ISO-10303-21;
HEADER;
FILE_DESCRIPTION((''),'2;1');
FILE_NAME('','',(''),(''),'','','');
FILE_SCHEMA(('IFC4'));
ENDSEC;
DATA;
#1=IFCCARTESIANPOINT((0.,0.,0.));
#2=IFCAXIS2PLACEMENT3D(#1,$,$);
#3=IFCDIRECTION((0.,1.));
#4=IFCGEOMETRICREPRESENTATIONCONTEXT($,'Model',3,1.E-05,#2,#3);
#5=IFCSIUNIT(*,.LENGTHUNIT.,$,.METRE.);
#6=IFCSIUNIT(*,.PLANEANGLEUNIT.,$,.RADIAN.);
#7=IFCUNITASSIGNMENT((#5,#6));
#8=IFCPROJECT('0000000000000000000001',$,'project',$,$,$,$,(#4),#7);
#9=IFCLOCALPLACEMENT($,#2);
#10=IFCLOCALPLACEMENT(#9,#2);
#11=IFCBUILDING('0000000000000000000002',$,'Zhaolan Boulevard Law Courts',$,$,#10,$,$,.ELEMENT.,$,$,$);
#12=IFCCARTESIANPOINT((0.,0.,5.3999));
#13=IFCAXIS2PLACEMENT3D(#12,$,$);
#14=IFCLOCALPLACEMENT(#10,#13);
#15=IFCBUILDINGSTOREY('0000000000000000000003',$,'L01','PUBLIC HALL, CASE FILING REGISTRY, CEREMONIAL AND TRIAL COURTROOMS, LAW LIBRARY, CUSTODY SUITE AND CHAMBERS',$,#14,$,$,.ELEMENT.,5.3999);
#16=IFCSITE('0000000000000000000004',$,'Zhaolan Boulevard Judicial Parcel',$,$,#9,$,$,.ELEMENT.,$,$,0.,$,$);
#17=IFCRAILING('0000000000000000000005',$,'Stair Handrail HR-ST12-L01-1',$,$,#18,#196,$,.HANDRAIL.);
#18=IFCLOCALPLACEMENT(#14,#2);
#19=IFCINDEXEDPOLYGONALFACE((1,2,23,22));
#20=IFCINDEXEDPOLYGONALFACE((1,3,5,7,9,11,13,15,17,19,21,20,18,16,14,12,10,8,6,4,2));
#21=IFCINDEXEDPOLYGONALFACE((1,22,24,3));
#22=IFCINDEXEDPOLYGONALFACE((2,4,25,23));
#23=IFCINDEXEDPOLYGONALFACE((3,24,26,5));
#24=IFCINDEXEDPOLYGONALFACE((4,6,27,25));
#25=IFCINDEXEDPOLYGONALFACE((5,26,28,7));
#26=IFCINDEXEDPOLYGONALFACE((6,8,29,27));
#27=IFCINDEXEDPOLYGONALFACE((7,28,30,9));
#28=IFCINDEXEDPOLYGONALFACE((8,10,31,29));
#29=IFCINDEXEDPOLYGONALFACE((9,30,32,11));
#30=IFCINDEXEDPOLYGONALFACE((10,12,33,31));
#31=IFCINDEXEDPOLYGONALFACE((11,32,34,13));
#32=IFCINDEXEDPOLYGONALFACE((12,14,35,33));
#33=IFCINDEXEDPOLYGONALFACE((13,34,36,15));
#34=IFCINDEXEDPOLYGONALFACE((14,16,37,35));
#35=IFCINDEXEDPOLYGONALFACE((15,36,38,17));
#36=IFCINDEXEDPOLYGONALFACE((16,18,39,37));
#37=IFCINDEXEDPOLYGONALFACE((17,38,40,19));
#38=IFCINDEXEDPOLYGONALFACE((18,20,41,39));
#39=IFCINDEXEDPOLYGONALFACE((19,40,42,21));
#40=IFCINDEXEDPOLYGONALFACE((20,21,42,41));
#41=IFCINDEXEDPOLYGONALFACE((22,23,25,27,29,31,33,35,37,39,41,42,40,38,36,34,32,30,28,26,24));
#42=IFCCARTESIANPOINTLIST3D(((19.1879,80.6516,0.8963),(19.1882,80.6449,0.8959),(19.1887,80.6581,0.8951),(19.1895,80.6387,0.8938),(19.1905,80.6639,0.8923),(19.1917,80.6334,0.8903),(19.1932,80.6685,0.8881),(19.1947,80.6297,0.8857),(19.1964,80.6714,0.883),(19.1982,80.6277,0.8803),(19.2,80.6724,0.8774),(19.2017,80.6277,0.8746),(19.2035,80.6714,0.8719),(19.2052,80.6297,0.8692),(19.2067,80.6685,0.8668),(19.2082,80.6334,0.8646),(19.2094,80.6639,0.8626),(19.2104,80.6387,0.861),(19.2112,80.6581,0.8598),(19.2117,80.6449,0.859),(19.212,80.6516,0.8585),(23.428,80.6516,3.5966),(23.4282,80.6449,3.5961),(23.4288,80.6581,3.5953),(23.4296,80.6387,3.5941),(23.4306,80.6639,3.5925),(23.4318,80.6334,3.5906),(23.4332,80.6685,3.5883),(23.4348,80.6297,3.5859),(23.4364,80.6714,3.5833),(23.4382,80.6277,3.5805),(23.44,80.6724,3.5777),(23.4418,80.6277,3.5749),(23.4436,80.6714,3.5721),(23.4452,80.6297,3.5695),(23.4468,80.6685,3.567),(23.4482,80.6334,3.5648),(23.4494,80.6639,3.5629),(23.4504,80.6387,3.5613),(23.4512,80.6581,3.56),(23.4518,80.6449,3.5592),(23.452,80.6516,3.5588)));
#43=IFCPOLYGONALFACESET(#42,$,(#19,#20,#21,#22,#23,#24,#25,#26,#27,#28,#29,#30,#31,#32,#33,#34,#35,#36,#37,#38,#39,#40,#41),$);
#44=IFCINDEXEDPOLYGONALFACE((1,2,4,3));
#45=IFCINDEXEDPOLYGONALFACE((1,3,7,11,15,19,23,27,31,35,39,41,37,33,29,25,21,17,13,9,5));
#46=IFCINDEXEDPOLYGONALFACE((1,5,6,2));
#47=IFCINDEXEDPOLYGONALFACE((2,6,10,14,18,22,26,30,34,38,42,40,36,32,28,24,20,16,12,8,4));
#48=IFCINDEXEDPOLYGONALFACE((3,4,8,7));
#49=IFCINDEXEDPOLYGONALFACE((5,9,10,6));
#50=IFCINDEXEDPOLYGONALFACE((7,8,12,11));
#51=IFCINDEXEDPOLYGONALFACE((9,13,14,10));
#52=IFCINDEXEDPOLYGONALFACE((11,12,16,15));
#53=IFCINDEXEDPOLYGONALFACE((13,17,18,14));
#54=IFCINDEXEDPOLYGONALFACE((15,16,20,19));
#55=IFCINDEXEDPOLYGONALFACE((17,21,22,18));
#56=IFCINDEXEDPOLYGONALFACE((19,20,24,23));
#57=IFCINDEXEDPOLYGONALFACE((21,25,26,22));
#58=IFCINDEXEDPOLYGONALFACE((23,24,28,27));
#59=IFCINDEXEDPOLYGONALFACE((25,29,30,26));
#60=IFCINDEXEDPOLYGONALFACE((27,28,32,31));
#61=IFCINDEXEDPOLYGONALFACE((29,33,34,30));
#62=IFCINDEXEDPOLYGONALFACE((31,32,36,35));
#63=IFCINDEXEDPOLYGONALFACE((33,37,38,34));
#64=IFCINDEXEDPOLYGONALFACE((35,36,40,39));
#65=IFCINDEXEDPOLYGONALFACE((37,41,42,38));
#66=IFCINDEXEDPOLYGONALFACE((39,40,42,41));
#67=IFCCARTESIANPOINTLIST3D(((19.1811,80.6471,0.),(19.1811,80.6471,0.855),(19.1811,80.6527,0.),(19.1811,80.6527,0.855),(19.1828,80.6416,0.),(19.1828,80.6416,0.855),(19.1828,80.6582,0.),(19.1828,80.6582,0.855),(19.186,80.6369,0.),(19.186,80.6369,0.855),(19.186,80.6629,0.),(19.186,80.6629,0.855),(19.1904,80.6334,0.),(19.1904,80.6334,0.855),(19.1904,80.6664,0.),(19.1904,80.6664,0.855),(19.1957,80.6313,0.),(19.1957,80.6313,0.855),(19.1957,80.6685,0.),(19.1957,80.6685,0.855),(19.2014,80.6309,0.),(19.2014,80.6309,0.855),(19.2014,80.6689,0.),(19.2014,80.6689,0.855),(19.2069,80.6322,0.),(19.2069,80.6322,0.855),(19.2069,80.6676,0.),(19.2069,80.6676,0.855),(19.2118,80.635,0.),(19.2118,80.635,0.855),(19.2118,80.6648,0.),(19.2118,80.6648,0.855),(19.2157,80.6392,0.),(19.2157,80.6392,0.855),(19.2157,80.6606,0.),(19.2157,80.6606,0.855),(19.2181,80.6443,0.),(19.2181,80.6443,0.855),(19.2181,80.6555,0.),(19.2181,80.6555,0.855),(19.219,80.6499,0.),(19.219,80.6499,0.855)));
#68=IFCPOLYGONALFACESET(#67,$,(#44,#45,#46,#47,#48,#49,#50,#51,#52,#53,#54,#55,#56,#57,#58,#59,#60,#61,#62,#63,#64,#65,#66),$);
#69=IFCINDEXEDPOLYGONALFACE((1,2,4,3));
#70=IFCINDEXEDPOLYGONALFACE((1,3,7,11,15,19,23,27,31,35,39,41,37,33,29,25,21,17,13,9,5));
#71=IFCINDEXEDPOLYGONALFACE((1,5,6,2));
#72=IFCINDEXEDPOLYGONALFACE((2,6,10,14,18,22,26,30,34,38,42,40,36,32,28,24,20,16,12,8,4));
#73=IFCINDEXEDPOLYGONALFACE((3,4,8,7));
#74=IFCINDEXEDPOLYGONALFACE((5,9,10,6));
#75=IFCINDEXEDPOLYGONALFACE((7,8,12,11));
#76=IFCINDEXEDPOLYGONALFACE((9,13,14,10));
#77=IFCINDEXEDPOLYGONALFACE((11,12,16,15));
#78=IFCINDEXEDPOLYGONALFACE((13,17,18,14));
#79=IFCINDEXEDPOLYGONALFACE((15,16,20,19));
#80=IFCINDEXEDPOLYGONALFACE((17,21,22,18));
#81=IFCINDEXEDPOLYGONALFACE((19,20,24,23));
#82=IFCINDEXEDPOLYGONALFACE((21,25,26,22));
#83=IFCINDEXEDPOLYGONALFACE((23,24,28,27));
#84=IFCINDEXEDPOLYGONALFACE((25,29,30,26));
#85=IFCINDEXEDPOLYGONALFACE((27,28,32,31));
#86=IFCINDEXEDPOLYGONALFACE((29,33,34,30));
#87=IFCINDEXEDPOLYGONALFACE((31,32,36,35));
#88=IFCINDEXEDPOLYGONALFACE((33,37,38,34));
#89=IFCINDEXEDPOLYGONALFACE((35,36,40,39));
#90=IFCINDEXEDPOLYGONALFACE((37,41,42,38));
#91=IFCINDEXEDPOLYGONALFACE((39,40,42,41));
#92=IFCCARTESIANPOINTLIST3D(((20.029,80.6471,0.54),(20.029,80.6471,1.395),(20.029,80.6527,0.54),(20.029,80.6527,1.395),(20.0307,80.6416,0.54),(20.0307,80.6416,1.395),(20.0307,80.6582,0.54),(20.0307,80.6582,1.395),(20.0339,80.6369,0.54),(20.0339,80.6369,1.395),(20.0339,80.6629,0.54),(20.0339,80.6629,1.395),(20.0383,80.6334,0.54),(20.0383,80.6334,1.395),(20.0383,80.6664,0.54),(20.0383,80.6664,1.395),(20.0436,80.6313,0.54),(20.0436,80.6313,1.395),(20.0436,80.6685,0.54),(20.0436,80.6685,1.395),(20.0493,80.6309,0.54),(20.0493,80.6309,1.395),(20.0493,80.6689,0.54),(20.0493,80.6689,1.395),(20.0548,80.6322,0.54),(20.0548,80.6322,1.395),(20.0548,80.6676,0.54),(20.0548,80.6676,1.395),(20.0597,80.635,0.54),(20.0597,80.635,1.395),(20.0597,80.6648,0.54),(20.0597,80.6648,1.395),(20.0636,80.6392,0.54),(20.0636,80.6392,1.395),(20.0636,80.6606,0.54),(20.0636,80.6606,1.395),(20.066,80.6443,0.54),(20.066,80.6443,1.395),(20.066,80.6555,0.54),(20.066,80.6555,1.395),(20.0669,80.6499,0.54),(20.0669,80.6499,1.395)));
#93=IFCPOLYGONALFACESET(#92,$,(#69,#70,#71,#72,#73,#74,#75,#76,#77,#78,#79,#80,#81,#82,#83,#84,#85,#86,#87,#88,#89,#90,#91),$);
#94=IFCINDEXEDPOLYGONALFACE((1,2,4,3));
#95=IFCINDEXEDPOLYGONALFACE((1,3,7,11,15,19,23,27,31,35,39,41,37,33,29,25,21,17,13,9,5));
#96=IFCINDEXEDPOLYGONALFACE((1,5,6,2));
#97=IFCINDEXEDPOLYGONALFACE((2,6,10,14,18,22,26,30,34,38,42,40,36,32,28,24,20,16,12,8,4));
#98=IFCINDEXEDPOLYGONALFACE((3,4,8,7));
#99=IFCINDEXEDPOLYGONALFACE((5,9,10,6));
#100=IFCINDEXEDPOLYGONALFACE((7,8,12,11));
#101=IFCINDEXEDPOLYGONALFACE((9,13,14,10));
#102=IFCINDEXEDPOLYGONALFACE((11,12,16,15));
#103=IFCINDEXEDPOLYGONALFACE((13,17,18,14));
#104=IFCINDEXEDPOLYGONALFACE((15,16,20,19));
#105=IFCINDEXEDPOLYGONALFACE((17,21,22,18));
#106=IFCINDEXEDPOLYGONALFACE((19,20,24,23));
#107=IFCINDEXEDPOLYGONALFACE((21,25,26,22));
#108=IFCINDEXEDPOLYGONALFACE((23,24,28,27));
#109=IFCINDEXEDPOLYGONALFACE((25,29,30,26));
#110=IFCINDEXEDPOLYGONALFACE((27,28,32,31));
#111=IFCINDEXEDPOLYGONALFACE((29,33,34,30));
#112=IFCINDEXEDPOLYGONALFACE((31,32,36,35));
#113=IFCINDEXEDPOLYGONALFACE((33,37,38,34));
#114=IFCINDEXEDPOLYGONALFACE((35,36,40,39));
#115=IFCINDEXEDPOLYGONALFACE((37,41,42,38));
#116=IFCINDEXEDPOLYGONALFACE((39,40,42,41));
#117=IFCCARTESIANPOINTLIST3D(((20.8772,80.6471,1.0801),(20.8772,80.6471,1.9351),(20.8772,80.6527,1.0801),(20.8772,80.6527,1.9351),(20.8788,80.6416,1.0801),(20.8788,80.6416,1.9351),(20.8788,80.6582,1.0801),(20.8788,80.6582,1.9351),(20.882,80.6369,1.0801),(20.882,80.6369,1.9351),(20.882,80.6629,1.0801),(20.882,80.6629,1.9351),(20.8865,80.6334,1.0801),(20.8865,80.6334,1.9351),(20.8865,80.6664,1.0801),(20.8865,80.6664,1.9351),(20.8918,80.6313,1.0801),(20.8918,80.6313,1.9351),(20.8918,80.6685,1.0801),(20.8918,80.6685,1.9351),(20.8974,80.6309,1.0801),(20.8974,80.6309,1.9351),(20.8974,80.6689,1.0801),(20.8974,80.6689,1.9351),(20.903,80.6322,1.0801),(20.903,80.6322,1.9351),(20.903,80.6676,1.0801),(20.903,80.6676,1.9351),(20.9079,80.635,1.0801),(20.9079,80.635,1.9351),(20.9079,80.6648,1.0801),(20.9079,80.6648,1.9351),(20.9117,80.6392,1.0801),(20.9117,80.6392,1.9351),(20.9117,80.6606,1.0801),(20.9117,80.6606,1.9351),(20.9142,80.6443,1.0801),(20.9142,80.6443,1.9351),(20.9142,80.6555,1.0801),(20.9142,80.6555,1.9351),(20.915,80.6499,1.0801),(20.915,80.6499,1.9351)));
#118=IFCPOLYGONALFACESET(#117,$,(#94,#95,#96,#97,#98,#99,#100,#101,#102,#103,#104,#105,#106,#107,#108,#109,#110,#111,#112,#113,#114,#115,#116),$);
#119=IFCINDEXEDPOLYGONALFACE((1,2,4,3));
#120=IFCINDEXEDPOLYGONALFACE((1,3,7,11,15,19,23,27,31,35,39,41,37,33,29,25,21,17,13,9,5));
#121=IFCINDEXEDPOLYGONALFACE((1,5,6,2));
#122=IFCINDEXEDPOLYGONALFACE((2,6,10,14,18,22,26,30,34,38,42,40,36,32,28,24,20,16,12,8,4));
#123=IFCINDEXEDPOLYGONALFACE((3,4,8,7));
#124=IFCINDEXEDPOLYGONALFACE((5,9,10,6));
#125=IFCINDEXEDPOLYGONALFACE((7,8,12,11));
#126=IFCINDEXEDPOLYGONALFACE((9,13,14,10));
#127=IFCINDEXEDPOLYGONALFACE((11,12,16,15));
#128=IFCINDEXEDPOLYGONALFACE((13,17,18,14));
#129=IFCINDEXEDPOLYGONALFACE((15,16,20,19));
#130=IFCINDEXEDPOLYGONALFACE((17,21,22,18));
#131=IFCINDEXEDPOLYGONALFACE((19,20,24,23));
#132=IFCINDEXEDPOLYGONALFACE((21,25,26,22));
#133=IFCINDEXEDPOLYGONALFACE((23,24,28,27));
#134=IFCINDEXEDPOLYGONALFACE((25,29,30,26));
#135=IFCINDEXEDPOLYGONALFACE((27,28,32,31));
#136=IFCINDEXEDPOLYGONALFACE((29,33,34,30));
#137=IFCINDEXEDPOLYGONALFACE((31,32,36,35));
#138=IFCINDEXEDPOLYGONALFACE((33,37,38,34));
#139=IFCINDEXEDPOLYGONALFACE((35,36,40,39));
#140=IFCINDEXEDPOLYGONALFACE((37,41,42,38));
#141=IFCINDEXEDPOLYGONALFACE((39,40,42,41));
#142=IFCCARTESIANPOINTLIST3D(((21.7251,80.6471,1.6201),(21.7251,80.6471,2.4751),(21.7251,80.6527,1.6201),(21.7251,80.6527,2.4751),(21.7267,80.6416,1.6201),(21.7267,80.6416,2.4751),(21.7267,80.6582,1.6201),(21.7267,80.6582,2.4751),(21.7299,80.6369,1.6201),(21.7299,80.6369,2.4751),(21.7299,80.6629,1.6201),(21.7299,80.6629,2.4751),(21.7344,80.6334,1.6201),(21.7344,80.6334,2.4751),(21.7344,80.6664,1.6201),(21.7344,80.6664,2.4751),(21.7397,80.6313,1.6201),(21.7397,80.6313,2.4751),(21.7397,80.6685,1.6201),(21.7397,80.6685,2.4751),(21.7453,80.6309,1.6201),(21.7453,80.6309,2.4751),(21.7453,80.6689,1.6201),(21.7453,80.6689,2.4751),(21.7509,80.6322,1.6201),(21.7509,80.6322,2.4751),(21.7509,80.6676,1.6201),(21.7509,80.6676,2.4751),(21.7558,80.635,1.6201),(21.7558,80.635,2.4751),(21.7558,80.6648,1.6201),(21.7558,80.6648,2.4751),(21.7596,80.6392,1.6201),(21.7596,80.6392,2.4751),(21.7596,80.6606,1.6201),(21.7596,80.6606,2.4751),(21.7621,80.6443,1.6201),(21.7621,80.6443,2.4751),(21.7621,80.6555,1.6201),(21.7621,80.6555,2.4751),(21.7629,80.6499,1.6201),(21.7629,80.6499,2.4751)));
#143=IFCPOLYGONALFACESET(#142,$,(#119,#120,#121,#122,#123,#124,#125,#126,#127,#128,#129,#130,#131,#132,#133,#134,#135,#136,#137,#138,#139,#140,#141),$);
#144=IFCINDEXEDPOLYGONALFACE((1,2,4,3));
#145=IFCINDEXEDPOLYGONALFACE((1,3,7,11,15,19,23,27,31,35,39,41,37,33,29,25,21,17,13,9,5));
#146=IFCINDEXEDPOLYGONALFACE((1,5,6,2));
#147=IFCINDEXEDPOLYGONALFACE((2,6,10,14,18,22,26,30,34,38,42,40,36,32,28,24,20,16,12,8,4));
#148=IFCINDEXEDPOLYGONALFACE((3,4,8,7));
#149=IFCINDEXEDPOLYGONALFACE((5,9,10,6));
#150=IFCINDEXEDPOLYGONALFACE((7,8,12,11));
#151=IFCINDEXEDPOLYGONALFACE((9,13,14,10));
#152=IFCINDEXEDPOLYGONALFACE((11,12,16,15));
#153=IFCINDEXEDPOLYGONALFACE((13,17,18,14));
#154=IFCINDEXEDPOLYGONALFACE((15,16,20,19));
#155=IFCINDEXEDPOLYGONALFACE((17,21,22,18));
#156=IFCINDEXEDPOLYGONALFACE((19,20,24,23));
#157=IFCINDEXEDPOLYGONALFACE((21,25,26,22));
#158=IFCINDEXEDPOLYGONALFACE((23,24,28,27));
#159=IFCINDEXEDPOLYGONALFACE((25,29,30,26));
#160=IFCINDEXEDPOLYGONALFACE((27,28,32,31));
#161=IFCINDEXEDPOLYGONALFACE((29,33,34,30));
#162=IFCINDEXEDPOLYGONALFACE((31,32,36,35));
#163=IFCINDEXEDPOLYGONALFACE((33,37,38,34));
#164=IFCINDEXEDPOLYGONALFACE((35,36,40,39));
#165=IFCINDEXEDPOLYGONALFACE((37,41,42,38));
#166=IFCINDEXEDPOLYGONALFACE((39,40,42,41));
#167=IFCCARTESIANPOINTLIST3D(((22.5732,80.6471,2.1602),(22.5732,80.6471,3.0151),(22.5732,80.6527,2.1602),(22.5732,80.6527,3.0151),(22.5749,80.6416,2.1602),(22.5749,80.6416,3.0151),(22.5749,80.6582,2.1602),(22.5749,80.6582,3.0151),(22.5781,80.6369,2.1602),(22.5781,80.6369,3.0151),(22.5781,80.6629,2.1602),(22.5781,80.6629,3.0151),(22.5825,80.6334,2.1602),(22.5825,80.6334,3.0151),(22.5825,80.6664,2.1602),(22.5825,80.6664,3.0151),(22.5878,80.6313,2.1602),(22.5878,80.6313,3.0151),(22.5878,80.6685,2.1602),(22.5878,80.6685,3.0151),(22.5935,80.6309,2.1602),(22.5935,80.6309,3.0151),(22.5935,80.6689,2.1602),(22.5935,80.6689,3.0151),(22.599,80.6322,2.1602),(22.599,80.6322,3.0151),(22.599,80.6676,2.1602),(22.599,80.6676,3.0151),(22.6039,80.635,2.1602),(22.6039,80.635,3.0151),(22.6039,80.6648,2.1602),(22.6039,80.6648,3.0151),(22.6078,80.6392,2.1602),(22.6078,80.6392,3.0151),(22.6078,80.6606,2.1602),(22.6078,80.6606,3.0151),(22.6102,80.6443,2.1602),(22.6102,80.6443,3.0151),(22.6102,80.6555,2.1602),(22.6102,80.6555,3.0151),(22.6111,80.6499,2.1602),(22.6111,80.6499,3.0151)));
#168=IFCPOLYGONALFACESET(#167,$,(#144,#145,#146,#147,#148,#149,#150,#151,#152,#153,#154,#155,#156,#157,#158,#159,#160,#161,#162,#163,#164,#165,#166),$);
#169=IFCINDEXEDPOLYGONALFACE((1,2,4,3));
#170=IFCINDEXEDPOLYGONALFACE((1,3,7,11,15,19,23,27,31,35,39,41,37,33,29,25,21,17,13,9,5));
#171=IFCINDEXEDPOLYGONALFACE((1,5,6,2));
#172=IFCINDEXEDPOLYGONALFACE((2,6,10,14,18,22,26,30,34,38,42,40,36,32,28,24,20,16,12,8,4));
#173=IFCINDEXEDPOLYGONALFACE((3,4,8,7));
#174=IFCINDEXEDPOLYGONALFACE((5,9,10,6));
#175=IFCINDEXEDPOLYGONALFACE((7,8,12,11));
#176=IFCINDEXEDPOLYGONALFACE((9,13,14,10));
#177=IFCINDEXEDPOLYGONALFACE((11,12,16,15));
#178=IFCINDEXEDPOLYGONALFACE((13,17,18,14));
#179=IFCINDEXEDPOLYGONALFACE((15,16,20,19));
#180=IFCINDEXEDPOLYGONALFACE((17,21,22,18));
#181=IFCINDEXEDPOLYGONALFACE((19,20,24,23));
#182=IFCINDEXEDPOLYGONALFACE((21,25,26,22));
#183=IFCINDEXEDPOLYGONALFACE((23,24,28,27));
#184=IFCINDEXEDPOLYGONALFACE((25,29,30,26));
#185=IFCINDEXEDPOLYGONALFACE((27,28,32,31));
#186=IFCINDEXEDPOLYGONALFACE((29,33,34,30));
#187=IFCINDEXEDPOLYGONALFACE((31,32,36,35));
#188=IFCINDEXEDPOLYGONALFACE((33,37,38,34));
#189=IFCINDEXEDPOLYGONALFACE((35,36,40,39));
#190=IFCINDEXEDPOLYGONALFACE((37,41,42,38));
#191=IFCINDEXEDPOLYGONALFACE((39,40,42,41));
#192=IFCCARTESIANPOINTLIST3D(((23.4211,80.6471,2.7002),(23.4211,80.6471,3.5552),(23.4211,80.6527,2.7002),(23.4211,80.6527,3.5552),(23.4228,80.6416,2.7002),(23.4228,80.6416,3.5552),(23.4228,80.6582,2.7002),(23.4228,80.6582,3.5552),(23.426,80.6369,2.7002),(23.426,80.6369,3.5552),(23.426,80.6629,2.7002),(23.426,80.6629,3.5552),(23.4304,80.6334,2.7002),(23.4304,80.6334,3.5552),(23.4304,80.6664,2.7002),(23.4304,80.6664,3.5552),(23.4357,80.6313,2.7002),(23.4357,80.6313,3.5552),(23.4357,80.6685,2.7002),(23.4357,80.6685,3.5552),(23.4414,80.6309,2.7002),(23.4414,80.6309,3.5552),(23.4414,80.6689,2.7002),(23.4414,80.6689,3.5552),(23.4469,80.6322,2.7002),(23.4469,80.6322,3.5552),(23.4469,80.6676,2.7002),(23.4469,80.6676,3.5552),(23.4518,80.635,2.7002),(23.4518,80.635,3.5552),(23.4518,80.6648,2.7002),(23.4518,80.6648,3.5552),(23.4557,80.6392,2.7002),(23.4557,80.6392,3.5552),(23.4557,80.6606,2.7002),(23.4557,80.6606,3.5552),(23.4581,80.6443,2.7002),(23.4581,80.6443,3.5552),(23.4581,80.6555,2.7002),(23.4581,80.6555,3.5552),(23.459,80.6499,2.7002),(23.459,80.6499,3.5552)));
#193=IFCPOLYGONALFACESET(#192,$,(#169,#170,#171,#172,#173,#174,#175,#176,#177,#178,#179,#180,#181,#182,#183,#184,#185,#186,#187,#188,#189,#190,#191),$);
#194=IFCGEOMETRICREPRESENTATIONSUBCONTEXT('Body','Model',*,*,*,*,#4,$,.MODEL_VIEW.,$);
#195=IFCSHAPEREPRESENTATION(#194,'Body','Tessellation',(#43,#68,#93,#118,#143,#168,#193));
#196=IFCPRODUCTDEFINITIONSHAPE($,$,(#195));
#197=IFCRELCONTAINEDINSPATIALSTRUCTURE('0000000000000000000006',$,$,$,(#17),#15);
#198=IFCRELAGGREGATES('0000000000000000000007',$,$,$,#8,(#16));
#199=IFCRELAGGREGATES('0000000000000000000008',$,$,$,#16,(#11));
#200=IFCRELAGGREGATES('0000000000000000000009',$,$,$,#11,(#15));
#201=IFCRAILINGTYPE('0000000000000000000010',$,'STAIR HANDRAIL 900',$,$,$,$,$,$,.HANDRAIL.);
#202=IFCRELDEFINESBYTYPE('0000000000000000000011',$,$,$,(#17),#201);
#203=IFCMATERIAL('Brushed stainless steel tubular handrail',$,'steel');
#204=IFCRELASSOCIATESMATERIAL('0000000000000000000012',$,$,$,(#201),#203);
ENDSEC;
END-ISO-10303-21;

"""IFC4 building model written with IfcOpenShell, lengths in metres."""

from ifc_helpers import new_model, si_unit, direction, frame, origin, origin_2d, place, context, subcontext, project, spatial, circle, extrude, material, type_object, element, save


model = new_model("IFC4")

# Units and contexts
model_context = context("Model", 3, precision=1e-05, world=origin(), true_north=direction((0.0, 1.0)))
body_context = subcontext(model_context, "Body", "Model", "MODEL_VIEW")
ifc_project = project(units=[si_unit("LENGTHUNIT", "METRE"), si_unit("PLANEANGLEUNIT", "RADIAN")], contexts=[model_context])

# Site, building, storey
site_placement = place(None, origin())
site = spatial("IfcSite", under=ifc_project, at=site_placement, Name="Zhaolan Boulevard Judicial Parcel", CompositionType="ELEMENT", RefElevation=0.0)
building_placement = place(site_placement, origin())
building = spatial("IfcBuilding", under=site, at=building_placement, Name="Zhaolan Boulevard Law Courts", CompositionType="ELEMENT")
storey_placement = place(building_placement, frame((0.0, 0.0, 5.3999)))
storey = spatial("IfcBuildingStorey", under=building, at=storey_placement, Name="L01", Description="PUBLIC HALL, CASE FILING REGISTRY, CEREMONIAL AND TRIAL COURTROOMS, LAW LIBRARY, CUSTODY SUITE AND CHAMBERS", CompositionType="ELEMENT", Elevation=5.3999)

# Railing
ifc_material_1 = material(Name="Brushed stainless steel tubular handrail", Category="steel")
railing_type_1 = type_object("IfcRailingType", Name="STAIR HANDRAIL 900", PredefinedType="HANDRAIL", material=ifc_material_1)
railing_1_placement = place(storey_placement, frame((19.2, 80.6499, 0.0)))
element("IfcRailing", 1, at=railing_1_placement, inside=storey, type_object=railing_type_1, Name="Stair Handrail HR-ST12-L01-1", PredefinedType="HANDRAIL", context=body_context, shape_type="SweptSolid", body=[
    extrude(circle(Radius=0.0225, at=origin_2d()), frame((0.0, 0.0, 0.8774), z_axis=(0.843479, 0.0, 0.537161), x_axis=(0.0, 1.0, 0.0)), (0.0, 0.0, 1.0), 5.0269),
    extrude(circle(Radius=0.019, at=origin_2d()), origin(), (0.0, 0.0, 1.0), 0.855),
    extrude(circle(Radius=0.019, at=origin_2d()), frame((0.8479, 0.0, 0.54)), (0.0, 0.0, 1.0), 0.855),
    extrude(circle(Radius=0.019, at=origin_2d()), frame((1.696, 0.0, 1.0801)), (0.0, 0.0, 1.0), 0.855),
    extrude(circle(Radius=0.019, at=origin_2d()), frame((2.5439, 0.0, 1.6201)), (0.0, 0.0, 1.0), 0.855),
    extrude(circle(Radius=0.019, at=origin_2d()), frame((3.3921, 0.0, 2.1602)), (0.0, 0.0, 1.0), 0.855),
    extrude(circle(Radius=0.019, at=origin_2d()), frame((4.24, 0.0, 2.7002)), (0.0, 0.0, 1.0), 0.855),
])

save(model, "model.ifc")
